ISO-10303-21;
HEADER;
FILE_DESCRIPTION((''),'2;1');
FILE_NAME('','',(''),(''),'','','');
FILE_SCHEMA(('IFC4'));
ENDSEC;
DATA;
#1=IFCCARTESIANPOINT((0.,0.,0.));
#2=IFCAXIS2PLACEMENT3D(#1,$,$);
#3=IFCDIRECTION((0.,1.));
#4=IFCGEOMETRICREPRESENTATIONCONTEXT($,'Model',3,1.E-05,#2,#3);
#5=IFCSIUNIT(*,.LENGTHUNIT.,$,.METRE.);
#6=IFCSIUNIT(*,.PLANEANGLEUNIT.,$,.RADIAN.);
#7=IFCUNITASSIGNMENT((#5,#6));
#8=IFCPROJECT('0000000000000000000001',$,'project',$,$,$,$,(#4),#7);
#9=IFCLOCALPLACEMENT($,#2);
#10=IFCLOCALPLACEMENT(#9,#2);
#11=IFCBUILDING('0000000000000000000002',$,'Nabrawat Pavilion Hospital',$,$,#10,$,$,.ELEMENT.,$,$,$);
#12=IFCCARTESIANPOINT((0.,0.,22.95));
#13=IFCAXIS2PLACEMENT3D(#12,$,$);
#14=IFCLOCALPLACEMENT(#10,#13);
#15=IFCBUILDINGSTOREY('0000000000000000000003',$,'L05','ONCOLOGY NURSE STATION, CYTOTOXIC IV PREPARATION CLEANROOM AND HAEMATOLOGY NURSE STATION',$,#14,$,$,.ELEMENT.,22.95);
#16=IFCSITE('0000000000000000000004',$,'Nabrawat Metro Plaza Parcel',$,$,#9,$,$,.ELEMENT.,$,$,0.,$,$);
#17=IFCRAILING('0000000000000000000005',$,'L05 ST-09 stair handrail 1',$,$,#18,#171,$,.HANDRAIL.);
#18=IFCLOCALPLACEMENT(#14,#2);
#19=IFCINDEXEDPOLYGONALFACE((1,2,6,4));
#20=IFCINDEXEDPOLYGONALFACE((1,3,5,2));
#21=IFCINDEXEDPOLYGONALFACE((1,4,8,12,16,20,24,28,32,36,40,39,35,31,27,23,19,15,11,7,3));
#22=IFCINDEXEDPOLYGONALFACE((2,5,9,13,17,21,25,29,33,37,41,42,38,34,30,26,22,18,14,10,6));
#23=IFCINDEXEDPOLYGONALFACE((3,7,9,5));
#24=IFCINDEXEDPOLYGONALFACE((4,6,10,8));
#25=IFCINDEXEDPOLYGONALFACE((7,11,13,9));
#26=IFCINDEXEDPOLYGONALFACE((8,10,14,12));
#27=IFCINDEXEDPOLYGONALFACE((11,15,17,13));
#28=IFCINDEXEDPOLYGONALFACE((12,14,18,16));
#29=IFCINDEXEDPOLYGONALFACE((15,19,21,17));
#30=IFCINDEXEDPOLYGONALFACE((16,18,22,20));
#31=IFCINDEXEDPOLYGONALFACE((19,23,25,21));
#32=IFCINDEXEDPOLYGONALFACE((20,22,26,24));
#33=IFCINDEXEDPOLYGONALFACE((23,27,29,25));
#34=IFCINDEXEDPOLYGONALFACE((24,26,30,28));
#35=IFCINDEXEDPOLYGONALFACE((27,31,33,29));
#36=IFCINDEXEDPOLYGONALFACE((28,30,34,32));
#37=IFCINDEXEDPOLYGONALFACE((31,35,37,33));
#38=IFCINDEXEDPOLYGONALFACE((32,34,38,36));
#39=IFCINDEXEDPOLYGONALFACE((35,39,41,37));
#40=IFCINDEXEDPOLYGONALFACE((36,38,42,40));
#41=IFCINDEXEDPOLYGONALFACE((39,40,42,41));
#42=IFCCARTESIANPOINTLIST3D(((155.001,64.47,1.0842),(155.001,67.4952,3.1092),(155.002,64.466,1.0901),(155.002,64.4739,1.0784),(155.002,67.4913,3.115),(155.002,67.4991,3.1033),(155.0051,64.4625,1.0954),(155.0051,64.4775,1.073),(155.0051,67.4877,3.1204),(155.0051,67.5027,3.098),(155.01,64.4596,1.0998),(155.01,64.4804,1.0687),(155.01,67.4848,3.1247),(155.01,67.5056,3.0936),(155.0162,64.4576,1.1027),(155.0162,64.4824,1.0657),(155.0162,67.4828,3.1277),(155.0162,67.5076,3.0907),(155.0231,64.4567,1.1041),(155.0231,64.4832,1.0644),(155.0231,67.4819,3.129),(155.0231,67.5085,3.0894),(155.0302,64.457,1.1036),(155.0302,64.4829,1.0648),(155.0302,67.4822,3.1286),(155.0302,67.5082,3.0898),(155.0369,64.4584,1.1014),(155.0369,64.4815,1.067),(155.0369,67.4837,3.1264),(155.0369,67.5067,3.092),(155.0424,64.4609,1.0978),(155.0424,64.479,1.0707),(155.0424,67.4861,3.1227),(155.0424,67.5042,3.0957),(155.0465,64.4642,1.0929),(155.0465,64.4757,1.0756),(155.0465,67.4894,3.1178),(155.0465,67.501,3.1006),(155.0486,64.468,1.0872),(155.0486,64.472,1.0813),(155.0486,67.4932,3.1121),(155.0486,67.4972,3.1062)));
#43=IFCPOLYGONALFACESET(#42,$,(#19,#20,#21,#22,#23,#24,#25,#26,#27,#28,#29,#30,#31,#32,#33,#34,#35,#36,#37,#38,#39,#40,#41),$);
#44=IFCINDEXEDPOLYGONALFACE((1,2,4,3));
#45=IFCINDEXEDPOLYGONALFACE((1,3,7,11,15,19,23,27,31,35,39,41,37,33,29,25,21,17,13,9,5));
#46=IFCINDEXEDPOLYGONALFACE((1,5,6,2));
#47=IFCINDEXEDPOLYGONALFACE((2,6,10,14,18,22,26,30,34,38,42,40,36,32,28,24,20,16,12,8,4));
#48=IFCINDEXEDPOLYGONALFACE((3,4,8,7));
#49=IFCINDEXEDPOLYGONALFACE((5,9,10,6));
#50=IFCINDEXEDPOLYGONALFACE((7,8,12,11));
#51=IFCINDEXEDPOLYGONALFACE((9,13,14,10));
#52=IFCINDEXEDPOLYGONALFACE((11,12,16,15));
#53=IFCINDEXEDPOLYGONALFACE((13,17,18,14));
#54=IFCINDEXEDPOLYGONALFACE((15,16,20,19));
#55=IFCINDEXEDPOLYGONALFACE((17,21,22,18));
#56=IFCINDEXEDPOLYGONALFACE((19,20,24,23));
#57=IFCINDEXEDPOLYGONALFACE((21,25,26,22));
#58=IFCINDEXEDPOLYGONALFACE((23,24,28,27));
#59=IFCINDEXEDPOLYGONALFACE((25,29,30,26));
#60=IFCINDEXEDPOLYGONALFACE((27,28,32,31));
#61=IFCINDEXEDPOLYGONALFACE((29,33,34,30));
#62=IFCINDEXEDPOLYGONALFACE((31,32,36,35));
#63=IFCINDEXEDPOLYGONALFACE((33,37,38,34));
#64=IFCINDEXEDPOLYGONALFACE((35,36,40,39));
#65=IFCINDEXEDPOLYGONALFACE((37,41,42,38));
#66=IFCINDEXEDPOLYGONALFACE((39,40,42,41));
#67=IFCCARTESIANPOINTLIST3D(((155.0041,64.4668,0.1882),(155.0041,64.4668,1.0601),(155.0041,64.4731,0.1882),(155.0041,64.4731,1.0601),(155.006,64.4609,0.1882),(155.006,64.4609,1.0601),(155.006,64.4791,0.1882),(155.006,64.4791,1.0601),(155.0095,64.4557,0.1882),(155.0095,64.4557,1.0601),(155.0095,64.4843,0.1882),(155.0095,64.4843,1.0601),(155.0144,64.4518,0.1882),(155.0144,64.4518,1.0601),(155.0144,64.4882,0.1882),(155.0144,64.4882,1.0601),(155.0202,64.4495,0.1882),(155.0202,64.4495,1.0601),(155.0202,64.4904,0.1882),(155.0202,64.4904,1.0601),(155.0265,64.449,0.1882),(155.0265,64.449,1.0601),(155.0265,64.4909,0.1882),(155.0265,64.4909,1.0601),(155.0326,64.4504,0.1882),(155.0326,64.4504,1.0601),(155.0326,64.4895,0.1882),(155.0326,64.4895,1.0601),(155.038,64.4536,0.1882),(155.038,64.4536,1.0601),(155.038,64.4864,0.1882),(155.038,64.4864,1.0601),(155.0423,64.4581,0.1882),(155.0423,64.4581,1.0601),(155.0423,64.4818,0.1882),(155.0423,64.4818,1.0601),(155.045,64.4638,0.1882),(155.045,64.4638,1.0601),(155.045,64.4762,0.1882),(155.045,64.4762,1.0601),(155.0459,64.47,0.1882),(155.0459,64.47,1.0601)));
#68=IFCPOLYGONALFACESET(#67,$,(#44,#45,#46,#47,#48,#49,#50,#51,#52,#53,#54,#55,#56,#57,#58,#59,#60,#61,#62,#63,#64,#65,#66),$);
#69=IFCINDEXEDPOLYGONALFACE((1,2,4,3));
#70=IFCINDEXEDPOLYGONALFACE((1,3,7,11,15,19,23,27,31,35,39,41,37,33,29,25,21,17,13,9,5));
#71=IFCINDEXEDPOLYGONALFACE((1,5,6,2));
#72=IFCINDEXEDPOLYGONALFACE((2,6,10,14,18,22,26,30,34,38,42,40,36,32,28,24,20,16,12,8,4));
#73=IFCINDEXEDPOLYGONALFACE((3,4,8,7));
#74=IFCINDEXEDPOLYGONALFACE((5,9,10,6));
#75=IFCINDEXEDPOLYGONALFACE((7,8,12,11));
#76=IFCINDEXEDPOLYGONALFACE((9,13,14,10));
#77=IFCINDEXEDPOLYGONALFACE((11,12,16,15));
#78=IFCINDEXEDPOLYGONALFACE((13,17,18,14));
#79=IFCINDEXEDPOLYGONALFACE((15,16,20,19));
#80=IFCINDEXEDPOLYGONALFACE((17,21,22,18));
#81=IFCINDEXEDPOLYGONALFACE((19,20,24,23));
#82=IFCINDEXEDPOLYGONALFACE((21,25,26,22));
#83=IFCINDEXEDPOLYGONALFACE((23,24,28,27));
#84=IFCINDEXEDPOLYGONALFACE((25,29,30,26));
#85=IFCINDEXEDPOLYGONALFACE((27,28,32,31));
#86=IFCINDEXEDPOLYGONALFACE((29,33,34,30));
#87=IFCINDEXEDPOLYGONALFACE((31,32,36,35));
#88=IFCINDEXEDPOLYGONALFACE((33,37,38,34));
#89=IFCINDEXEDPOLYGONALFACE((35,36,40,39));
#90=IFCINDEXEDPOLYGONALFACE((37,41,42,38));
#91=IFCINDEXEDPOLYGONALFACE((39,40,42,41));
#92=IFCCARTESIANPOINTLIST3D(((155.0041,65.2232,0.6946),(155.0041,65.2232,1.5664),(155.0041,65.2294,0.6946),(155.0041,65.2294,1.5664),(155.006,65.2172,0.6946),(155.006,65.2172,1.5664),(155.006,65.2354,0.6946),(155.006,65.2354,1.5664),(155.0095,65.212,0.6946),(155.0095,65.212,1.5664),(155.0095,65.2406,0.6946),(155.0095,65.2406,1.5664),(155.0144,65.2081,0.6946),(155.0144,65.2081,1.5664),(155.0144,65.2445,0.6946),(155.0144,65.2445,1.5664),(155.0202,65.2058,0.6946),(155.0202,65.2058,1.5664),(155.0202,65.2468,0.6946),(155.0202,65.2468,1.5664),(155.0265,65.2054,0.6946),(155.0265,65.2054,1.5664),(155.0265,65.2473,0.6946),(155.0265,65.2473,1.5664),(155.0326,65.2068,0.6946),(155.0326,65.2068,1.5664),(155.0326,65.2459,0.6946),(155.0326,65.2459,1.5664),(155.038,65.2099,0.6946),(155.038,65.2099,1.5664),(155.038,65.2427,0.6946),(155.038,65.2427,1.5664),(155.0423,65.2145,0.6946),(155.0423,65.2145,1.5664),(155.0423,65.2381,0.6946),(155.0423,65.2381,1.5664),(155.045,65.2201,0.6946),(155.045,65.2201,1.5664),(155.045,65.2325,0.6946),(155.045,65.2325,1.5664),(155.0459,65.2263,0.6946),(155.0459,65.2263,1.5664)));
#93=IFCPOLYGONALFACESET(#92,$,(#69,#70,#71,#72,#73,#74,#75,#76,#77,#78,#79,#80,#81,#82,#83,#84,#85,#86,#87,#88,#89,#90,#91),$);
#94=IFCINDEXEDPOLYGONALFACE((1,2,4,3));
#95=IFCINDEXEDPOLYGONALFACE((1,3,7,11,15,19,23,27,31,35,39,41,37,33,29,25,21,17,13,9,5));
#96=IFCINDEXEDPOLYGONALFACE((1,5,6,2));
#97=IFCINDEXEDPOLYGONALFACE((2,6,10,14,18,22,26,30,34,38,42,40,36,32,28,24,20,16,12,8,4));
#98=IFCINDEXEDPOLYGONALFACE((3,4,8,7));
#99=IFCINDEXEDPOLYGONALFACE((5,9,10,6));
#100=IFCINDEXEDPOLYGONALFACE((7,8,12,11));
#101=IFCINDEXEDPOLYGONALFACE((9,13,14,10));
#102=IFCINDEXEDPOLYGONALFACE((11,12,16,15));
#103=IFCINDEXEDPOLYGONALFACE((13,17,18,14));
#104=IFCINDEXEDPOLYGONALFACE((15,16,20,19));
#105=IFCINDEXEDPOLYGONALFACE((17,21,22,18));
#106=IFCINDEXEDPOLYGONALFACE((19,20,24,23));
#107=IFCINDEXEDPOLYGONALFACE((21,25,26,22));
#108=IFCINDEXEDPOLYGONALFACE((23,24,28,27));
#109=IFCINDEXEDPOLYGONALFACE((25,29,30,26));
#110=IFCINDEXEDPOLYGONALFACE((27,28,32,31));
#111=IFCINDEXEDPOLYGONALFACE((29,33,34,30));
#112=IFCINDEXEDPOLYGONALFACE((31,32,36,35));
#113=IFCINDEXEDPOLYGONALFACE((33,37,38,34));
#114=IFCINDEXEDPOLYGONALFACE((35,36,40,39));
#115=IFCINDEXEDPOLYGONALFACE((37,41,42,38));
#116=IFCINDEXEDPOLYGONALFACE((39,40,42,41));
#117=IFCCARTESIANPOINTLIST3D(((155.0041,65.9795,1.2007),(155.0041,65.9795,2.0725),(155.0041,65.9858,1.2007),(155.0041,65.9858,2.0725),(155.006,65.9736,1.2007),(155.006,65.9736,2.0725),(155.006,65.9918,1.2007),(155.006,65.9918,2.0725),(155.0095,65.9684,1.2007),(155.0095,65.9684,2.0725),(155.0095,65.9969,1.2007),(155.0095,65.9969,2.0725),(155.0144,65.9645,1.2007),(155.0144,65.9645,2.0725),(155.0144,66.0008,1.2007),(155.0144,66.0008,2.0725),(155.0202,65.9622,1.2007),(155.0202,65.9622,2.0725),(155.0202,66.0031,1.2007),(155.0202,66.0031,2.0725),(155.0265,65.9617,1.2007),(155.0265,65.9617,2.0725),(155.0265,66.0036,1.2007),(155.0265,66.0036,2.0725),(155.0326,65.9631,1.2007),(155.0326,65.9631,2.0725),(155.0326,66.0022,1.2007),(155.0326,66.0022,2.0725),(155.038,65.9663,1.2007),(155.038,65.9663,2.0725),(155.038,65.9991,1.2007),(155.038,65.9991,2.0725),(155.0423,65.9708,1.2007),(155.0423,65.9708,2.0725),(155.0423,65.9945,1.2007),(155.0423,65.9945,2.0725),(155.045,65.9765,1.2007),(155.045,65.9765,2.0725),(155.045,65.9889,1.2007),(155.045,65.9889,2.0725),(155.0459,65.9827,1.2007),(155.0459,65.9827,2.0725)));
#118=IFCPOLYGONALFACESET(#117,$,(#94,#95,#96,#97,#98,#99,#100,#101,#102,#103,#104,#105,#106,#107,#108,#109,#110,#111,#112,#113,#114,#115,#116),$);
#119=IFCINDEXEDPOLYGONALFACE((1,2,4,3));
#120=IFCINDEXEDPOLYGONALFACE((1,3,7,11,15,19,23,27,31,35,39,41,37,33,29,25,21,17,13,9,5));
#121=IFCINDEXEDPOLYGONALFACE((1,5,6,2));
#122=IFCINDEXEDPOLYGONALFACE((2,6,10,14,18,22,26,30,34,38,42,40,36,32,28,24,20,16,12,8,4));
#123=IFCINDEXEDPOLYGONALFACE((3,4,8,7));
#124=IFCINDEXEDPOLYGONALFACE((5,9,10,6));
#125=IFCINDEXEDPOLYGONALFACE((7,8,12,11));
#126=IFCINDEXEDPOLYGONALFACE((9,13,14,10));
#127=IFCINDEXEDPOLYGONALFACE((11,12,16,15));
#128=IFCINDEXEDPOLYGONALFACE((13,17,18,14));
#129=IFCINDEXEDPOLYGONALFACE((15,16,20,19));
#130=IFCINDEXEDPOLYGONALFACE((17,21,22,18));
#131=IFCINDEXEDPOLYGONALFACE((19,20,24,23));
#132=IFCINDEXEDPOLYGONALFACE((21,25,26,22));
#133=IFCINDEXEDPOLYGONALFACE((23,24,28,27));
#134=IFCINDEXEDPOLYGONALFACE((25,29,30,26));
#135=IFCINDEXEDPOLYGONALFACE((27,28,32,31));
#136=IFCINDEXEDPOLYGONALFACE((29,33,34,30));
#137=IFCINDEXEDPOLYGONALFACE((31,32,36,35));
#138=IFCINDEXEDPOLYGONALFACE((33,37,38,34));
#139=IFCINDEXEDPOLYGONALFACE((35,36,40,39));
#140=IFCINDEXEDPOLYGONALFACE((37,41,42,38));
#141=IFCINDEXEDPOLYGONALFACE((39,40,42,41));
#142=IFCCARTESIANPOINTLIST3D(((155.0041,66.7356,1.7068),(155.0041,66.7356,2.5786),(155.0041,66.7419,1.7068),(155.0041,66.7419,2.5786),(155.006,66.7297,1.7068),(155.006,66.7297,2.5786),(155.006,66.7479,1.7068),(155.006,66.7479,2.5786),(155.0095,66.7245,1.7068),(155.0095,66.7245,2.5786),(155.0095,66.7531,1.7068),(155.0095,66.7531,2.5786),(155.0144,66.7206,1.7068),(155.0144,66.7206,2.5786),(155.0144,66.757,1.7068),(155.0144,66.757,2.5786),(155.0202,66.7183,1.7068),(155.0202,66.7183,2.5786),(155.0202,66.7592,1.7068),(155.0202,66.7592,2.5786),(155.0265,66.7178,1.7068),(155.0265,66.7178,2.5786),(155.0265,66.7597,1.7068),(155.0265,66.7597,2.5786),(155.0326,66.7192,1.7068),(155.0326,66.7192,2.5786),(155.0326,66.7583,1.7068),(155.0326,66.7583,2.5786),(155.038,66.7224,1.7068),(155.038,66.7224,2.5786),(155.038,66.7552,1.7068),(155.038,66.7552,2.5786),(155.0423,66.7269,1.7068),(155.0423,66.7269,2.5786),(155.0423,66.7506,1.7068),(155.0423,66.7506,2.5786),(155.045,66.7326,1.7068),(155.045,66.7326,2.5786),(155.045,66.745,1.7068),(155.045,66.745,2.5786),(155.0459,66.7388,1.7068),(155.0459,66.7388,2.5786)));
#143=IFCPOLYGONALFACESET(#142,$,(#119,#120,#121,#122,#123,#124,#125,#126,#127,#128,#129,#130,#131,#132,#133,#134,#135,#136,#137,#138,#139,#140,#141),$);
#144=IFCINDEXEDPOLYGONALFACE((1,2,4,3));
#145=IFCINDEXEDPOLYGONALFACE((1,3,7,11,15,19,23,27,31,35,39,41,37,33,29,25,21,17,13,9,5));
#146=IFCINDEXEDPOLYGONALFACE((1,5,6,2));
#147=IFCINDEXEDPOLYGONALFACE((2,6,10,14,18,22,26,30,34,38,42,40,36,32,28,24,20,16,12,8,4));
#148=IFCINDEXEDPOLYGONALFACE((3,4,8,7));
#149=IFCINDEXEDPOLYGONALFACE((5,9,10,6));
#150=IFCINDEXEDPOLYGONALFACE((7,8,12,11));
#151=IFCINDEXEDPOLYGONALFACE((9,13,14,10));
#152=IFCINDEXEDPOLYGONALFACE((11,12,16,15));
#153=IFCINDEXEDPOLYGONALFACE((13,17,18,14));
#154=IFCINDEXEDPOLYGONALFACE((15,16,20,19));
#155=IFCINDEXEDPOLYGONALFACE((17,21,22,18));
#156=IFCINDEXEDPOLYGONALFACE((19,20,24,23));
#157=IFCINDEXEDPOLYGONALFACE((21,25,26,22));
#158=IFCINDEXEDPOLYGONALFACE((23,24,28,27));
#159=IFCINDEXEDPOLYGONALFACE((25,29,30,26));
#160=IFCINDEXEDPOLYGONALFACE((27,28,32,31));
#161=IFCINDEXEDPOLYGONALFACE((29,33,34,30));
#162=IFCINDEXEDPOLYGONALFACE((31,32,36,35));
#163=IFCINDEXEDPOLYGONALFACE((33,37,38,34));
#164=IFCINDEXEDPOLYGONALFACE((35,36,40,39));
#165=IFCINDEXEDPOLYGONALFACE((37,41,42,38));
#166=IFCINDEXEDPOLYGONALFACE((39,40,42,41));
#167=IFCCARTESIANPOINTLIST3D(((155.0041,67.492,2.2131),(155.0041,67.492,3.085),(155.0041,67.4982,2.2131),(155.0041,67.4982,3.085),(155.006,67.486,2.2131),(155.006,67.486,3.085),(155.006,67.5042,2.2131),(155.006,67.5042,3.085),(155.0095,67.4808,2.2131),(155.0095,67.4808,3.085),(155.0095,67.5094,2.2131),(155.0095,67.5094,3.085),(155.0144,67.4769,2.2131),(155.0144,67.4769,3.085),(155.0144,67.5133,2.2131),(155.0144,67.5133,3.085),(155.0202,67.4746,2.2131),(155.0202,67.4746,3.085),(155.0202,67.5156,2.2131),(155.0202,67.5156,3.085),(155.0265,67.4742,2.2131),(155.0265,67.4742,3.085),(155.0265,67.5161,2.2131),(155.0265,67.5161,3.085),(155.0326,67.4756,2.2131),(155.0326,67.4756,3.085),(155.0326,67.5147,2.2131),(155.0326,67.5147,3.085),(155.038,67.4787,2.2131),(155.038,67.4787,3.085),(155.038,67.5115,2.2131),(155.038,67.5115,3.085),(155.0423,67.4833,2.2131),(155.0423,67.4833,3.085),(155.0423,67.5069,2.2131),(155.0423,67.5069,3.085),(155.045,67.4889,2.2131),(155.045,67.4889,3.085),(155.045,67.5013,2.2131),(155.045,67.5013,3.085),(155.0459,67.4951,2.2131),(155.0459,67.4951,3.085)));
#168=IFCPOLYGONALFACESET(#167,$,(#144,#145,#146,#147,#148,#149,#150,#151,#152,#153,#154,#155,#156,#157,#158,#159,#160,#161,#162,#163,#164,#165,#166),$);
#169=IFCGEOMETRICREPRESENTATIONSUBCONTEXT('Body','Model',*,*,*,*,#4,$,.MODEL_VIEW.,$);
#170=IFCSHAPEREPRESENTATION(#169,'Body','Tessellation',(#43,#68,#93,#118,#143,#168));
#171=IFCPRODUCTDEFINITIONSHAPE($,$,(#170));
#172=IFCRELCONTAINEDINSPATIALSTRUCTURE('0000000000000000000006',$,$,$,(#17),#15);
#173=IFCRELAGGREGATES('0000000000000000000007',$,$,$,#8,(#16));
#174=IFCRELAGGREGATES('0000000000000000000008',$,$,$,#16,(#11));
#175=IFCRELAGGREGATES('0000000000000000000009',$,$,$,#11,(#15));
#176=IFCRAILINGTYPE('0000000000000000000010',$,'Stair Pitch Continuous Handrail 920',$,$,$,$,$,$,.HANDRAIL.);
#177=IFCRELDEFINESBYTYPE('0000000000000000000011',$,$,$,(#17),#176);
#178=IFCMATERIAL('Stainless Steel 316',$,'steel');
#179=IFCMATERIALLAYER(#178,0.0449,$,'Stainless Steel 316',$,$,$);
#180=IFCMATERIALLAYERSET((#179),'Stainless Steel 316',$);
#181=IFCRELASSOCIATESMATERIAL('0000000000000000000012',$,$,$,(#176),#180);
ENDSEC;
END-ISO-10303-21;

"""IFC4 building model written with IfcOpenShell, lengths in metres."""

from ifc_helpers import new_model, si_unit, direction, frame, origin, origin_2d, place, context, subcontext, project, spatial, circle, extrude, material, layer, layer_set, type_object, element, save


model = new_model("IFC4")

# Units and contexts
model_context = context("Model", 3, precision=1e-05, world=origin(), true_north=direction((0.0, 1.0)))
body_context = subcontext(model_context, "Body", "Model", "MODEL_VIEW")
ifc_project = project(units=[si_unit("LENGTHUNIT", "METRE"), si_unit("PLANEANGLEUNIT", "RADIAN")], contexts=[model_context])

# Site, building, storey
site_placement = place(None, origin())
site = spatial("IfcSite", under=ifc_project, at=site_placement, Name="Nabrawat Metro Plaza Parcel", CompositionType="ELEMENT", RefElevation=0.0)
building_placement = place(site_placement, origin())
building = spatial("IfcBuilding", under=site, at=building_placement, Name="Nabrawat Pavilion Hospital", CompositionType="ELEMENT")
storey_placement = place(building_placement, frame((0.0, 0.0, 22.95)))
storey = spatial("IfcBuildingStorey", under=building, at=storey_placement, Name="L05", Description="ONCOLOGY NURSE STATION, CYTOTOXIC IV PREPARATION CLEANROOM AND HAEMATOLOGY NURSE STATION", CompositionType="ELEMENT", Elevation=22.95)

# Railing
ifc_material_1 = material(Name="Stainless Steel 316", Category="steel")
ifc_layer_1 = layer(ifc_material_1, 0.0449, Name="Stainless Steel 316")
ifc_layer_set_1 = layer_set([ifc_layer_1], Name="Stainless Steel 316")
railing_type_1 = type_object("IfcRailingType", Name="Stair Pitch Continuous Handrail 920", PredefinedType="HANDRAIL", material=ifc_layer_set_1)
railing_1_placement = place(storey_placement, frame((155.0249, 64.47, 0.1882)))
element("IfcRailing", 1, at=railing_1_placement, inside=storey, type_object=railing_type_1, Name="L05 ST-09 stair handrail 1", PredefinedType="HANDRAIL", context=body_context, shape_type="SweptSolid", body=[
    extrude(circle(Radius=0.0239, at=origin_2d()), frame((0.0, 0.0, 0.896), z_axis=(0.0, 0.831017, 0.556247), x_axis=(-1.0, 0.0, 0.0)), (0.0, 0.0, 1.0), 3.6404),
    extrude(circle(Radius=0.021, at=origin_2d()), origin(), (0.0, 0.0, 1.0), 0.8718),
    extrude(circle(Radius=0.021, at=origin_2d()), frame((0.0, 0.7563, 0.5063)), (0.0, 0.0, 1.0), 0.8718),
    extrude(circle(Radius=0.021, at=origin_2d()), frame((0.0, 1.5127, 1.0125)), (0.0, 0.0, 1.0), 0.8718),
    extrude(circle(Radius=0.021, at=origin_2d()), frame((0.0, 2.2688, 1.5186)), (0.0, 0.0, 1.0), 0.8718),
    extrude(circle(Radius=0.021, at=origin_2d()), frame((0.0, 3.0251, 2.0249)), (0.0, 0.0, 1.0), 0.8718),
])

save(model, "model.ifc")
